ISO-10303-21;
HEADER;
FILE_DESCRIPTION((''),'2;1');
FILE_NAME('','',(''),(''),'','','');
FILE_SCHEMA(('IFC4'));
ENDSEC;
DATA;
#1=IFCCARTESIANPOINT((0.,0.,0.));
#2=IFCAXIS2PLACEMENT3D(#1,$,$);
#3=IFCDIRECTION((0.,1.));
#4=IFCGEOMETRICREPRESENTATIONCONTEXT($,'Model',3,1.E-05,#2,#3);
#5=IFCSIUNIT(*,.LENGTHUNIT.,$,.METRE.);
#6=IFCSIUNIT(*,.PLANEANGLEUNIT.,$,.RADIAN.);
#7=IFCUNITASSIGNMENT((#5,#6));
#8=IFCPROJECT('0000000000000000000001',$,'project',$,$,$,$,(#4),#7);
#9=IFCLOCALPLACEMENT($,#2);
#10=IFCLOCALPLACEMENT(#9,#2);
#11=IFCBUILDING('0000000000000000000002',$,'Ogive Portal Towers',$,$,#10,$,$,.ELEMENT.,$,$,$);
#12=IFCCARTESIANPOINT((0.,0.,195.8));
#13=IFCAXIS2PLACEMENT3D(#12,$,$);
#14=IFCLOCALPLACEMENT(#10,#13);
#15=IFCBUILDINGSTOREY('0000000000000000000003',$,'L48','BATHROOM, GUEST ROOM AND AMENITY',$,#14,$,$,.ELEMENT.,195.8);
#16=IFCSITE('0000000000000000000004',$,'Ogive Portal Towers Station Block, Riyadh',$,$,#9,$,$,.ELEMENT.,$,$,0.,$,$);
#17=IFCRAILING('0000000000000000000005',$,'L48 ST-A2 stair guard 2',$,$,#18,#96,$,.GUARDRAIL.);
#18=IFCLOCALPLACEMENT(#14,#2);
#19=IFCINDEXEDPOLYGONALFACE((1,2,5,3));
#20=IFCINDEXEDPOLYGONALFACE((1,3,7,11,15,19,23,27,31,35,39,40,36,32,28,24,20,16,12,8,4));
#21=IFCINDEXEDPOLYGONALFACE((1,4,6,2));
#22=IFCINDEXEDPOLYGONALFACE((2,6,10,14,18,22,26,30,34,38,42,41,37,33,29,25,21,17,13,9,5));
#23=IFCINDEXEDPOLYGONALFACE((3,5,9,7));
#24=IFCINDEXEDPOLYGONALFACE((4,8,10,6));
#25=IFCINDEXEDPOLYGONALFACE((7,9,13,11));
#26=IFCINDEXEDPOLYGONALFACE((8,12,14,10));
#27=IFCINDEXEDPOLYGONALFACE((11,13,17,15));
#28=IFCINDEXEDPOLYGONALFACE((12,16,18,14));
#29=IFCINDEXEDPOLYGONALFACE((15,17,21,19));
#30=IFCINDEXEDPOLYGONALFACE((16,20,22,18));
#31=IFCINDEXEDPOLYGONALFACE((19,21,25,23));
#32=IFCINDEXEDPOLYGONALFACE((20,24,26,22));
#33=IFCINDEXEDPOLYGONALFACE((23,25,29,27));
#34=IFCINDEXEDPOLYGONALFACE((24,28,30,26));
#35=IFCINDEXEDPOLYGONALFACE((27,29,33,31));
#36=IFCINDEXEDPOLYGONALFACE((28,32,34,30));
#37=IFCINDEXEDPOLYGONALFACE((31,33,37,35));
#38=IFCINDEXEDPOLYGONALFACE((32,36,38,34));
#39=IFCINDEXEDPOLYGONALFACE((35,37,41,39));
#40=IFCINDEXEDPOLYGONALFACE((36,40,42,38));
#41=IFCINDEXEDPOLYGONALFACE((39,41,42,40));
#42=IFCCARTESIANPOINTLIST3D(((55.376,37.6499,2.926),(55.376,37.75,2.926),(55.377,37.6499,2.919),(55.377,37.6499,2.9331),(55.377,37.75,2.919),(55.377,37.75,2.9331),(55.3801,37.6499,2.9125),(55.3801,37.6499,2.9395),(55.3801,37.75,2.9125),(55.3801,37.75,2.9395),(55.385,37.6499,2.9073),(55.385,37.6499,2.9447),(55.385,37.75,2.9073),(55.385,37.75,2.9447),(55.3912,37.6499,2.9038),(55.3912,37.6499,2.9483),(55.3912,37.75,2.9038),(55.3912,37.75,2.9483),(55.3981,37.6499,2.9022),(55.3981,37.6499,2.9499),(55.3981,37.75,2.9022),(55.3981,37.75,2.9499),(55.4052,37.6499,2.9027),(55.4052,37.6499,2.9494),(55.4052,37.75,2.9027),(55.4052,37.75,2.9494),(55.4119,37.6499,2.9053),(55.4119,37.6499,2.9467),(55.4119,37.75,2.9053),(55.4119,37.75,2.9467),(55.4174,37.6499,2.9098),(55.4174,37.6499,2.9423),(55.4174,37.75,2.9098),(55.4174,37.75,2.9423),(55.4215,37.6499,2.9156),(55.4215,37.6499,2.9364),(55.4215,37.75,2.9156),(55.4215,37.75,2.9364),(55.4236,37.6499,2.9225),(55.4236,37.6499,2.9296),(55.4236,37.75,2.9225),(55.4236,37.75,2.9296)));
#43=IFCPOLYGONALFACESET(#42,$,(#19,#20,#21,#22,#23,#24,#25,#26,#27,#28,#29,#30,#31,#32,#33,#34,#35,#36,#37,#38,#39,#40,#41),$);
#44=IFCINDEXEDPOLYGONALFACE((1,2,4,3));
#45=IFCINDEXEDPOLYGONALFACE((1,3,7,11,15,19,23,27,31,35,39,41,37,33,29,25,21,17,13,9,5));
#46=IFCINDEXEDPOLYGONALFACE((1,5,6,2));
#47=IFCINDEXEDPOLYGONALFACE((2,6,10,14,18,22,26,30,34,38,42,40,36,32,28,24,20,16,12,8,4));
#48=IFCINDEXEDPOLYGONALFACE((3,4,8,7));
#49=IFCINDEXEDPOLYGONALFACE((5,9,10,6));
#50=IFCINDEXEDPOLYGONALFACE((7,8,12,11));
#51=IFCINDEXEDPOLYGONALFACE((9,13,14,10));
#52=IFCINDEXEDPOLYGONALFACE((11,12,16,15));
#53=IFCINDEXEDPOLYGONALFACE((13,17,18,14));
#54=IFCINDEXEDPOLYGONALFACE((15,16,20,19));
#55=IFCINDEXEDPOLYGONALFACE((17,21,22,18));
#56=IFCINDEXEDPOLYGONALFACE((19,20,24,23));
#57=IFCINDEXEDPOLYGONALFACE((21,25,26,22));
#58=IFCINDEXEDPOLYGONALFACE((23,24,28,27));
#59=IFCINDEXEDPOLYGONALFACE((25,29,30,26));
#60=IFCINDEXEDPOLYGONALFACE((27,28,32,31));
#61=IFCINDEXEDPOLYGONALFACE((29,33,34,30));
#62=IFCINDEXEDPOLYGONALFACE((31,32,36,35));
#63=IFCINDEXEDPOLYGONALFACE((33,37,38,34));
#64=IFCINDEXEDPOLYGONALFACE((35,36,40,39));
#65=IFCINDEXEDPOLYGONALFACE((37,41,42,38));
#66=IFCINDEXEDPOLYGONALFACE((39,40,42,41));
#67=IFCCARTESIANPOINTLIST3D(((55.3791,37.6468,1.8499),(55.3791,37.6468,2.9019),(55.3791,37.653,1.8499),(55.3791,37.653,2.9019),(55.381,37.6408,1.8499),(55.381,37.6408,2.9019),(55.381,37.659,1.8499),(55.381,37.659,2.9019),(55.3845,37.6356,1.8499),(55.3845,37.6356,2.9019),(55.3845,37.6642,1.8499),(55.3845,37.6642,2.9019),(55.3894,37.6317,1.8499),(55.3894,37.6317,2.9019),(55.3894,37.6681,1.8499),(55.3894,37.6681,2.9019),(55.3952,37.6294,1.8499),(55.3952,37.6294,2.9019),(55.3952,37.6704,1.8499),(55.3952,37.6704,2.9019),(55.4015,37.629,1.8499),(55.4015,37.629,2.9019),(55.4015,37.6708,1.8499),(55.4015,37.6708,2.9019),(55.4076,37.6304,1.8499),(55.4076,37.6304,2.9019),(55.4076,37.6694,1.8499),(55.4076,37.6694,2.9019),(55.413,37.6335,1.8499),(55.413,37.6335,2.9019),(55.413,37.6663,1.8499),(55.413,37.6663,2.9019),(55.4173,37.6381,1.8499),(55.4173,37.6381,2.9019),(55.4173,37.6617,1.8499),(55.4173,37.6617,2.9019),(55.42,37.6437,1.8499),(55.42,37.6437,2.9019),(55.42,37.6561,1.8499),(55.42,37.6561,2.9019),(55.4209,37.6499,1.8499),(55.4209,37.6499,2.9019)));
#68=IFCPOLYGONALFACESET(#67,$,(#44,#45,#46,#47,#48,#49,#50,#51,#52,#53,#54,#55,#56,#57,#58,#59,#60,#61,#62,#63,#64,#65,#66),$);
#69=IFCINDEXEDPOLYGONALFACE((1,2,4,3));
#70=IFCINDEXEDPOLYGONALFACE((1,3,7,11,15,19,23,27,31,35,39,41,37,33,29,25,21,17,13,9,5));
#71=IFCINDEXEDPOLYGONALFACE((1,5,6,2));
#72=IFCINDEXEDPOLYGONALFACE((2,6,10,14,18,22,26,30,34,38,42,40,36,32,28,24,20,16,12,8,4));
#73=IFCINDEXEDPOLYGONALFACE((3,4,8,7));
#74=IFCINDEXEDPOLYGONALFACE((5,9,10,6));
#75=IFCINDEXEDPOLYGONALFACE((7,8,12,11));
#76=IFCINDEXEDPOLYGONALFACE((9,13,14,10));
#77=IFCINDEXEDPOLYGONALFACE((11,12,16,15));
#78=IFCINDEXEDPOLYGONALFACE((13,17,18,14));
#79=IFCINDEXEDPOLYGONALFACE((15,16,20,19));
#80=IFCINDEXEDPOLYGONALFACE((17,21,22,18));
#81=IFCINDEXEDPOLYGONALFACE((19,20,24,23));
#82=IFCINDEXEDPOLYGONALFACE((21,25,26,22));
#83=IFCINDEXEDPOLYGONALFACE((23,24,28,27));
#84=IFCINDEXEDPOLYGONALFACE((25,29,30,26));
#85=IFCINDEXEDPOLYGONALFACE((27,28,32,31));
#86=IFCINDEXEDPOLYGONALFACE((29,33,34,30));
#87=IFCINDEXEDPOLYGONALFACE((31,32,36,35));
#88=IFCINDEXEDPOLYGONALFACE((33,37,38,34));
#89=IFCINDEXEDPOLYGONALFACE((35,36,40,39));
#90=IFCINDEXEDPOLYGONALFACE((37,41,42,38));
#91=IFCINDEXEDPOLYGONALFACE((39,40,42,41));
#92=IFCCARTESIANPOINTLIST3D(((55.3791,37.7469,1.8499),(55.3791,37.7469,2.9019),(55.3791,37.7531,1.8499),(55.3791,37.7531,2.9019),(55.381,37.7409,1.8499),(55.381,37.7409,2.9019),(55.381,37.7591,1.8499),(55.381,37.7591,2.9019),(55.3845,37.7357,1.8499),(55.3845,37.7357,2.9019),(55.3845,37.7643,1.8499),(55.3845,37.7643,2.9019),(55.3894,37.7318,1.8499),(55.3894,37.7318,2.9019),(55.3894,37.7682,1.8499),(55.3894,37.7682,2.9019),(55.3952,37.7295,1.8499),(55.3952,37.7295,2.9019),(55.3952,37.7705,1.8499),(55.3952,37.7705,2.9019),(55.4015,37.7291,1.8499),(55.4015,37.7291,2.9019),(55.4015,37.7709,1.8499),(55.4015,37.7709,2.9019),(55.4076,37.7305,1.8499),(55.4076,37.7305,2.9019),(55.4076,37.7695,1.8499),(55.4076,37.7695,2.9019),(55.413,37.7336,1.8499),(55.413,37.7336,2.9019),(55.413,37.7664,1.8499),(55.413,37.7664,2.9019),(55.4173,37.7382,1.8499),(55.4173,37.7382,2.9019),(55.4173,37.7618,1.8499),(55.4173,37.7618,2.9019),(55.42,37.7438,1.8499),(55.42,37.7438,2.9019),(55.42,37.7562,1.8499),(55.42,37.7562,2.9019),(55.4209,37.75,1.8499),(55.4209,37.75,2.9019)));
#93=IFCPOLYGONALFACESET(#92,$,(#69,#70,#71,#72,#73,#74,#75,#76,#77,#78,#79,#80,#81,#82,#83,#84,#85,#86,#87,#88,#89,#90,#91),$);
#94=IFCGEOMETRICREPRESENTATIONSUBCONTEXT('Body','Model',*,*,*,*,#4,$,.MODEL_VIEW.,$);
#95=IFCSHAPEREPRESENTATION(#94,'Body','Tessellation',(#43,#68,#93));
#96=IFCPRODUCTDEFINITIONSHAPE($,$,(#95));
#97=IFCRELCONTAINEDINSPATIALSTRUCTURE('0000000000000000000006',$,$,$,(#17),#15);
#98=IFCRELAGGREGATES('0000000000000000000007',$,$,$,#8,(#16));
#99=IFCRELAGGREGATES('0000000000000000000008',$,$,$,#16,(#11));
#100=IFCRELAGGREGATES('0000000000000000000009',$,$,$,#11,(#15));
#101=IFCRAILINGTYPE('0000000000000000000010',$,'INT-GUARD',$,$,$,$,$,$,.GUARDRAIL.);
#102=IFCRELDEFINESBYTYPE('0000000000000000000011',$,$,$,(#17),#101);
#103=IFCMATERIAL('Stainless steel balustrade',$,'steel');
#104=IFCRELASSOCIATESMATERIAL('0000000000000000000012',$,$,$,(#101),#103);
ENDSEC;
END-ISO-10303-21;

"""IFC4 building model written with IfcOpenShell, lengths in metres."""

from ifc_helpers import new_model, si_unit, direction, frame, origin, origin_2d, place, context, subcontext, project, spatial, circle, extrude, material, type_object, element, save


model = new_model("IFC4")

# Units and contexts
model_context = context("Model", 3, precision=1e-05, world=origin(), true_north=direction((0.0, 1.0)))
body_context = subcontext(model_context, "Body", "Model", "MODEL_VIEW")
ifc_project = project(units=[si_unit("LENGTHUNIT", "METRE"), si_unit("PLANEANGLEUNIT", "RADIAN")], contexts=[model_context])

# Site, building, storey
site_placement = place(None, origin())
site = spatial("IfcSite", under=ifc_project, at=site_placement, Name="Ogive Portal Towers Station Block, Riyadh", CompositionType="ELEMENT", RefElevation=0.0)
building_placement = place(site_placement, origin())
building = spatial("IfcBuilding", under=site, at=building_placement, Name="Ogive Portal Towers", CompositionType="ELEMENT")
storey_placement = place(building_placement, frame((0.0, 0.0, 195.8)))
storey = spatial("IfcBuildingStorey", under=building, at=storey_placement, Name="L48", Description="BATHROOM, GUEST ROOM AND AMENITY", CompositionType="ELEMENT", Elevation=195.8)

# Railing
ifc_material_1 = material(Name="Stainless steel balustrade", Category="steel")
railing_type_1 = type_object("IfcRailingType", Name="INT-GUARD", PredefinedType="GUARDRAIL", material=ifc_material_1)
railing_1_placement = place(storey_placement, frame((55.3999, 37.6499, 1.8499)))
element("IfcRailing", 1, at=railing_1_placement, inside=storey, type_object=railing_type_1, Name="L48 ST-A2 stair guard 2", PredefinedType="GUARDRAIL", context=body_context, shape_type="SweptSolid", body=[
    extrude(circle(Radius=0.0239, at=origin_2d()), frame((0.0, 0.0, 1.0762), z_axis=(0.0, 1.0, 0.0), x_axis=(-1.0, 0.0, 0.0)), (0.0, 0.0, 1.0), 0.1001),
    extrude(circle(Radius=0.021, at=origin_2d()), origin(), (0.0, 0.0, 1.0), 1.052),
    extrude(circle(Radius=0.021, at=origin_2d()), frame((0.0, 0.1001, 0.0)), (0.0, 0.0, 1.0), 1.052),
])

save(model, "model.ifc")
